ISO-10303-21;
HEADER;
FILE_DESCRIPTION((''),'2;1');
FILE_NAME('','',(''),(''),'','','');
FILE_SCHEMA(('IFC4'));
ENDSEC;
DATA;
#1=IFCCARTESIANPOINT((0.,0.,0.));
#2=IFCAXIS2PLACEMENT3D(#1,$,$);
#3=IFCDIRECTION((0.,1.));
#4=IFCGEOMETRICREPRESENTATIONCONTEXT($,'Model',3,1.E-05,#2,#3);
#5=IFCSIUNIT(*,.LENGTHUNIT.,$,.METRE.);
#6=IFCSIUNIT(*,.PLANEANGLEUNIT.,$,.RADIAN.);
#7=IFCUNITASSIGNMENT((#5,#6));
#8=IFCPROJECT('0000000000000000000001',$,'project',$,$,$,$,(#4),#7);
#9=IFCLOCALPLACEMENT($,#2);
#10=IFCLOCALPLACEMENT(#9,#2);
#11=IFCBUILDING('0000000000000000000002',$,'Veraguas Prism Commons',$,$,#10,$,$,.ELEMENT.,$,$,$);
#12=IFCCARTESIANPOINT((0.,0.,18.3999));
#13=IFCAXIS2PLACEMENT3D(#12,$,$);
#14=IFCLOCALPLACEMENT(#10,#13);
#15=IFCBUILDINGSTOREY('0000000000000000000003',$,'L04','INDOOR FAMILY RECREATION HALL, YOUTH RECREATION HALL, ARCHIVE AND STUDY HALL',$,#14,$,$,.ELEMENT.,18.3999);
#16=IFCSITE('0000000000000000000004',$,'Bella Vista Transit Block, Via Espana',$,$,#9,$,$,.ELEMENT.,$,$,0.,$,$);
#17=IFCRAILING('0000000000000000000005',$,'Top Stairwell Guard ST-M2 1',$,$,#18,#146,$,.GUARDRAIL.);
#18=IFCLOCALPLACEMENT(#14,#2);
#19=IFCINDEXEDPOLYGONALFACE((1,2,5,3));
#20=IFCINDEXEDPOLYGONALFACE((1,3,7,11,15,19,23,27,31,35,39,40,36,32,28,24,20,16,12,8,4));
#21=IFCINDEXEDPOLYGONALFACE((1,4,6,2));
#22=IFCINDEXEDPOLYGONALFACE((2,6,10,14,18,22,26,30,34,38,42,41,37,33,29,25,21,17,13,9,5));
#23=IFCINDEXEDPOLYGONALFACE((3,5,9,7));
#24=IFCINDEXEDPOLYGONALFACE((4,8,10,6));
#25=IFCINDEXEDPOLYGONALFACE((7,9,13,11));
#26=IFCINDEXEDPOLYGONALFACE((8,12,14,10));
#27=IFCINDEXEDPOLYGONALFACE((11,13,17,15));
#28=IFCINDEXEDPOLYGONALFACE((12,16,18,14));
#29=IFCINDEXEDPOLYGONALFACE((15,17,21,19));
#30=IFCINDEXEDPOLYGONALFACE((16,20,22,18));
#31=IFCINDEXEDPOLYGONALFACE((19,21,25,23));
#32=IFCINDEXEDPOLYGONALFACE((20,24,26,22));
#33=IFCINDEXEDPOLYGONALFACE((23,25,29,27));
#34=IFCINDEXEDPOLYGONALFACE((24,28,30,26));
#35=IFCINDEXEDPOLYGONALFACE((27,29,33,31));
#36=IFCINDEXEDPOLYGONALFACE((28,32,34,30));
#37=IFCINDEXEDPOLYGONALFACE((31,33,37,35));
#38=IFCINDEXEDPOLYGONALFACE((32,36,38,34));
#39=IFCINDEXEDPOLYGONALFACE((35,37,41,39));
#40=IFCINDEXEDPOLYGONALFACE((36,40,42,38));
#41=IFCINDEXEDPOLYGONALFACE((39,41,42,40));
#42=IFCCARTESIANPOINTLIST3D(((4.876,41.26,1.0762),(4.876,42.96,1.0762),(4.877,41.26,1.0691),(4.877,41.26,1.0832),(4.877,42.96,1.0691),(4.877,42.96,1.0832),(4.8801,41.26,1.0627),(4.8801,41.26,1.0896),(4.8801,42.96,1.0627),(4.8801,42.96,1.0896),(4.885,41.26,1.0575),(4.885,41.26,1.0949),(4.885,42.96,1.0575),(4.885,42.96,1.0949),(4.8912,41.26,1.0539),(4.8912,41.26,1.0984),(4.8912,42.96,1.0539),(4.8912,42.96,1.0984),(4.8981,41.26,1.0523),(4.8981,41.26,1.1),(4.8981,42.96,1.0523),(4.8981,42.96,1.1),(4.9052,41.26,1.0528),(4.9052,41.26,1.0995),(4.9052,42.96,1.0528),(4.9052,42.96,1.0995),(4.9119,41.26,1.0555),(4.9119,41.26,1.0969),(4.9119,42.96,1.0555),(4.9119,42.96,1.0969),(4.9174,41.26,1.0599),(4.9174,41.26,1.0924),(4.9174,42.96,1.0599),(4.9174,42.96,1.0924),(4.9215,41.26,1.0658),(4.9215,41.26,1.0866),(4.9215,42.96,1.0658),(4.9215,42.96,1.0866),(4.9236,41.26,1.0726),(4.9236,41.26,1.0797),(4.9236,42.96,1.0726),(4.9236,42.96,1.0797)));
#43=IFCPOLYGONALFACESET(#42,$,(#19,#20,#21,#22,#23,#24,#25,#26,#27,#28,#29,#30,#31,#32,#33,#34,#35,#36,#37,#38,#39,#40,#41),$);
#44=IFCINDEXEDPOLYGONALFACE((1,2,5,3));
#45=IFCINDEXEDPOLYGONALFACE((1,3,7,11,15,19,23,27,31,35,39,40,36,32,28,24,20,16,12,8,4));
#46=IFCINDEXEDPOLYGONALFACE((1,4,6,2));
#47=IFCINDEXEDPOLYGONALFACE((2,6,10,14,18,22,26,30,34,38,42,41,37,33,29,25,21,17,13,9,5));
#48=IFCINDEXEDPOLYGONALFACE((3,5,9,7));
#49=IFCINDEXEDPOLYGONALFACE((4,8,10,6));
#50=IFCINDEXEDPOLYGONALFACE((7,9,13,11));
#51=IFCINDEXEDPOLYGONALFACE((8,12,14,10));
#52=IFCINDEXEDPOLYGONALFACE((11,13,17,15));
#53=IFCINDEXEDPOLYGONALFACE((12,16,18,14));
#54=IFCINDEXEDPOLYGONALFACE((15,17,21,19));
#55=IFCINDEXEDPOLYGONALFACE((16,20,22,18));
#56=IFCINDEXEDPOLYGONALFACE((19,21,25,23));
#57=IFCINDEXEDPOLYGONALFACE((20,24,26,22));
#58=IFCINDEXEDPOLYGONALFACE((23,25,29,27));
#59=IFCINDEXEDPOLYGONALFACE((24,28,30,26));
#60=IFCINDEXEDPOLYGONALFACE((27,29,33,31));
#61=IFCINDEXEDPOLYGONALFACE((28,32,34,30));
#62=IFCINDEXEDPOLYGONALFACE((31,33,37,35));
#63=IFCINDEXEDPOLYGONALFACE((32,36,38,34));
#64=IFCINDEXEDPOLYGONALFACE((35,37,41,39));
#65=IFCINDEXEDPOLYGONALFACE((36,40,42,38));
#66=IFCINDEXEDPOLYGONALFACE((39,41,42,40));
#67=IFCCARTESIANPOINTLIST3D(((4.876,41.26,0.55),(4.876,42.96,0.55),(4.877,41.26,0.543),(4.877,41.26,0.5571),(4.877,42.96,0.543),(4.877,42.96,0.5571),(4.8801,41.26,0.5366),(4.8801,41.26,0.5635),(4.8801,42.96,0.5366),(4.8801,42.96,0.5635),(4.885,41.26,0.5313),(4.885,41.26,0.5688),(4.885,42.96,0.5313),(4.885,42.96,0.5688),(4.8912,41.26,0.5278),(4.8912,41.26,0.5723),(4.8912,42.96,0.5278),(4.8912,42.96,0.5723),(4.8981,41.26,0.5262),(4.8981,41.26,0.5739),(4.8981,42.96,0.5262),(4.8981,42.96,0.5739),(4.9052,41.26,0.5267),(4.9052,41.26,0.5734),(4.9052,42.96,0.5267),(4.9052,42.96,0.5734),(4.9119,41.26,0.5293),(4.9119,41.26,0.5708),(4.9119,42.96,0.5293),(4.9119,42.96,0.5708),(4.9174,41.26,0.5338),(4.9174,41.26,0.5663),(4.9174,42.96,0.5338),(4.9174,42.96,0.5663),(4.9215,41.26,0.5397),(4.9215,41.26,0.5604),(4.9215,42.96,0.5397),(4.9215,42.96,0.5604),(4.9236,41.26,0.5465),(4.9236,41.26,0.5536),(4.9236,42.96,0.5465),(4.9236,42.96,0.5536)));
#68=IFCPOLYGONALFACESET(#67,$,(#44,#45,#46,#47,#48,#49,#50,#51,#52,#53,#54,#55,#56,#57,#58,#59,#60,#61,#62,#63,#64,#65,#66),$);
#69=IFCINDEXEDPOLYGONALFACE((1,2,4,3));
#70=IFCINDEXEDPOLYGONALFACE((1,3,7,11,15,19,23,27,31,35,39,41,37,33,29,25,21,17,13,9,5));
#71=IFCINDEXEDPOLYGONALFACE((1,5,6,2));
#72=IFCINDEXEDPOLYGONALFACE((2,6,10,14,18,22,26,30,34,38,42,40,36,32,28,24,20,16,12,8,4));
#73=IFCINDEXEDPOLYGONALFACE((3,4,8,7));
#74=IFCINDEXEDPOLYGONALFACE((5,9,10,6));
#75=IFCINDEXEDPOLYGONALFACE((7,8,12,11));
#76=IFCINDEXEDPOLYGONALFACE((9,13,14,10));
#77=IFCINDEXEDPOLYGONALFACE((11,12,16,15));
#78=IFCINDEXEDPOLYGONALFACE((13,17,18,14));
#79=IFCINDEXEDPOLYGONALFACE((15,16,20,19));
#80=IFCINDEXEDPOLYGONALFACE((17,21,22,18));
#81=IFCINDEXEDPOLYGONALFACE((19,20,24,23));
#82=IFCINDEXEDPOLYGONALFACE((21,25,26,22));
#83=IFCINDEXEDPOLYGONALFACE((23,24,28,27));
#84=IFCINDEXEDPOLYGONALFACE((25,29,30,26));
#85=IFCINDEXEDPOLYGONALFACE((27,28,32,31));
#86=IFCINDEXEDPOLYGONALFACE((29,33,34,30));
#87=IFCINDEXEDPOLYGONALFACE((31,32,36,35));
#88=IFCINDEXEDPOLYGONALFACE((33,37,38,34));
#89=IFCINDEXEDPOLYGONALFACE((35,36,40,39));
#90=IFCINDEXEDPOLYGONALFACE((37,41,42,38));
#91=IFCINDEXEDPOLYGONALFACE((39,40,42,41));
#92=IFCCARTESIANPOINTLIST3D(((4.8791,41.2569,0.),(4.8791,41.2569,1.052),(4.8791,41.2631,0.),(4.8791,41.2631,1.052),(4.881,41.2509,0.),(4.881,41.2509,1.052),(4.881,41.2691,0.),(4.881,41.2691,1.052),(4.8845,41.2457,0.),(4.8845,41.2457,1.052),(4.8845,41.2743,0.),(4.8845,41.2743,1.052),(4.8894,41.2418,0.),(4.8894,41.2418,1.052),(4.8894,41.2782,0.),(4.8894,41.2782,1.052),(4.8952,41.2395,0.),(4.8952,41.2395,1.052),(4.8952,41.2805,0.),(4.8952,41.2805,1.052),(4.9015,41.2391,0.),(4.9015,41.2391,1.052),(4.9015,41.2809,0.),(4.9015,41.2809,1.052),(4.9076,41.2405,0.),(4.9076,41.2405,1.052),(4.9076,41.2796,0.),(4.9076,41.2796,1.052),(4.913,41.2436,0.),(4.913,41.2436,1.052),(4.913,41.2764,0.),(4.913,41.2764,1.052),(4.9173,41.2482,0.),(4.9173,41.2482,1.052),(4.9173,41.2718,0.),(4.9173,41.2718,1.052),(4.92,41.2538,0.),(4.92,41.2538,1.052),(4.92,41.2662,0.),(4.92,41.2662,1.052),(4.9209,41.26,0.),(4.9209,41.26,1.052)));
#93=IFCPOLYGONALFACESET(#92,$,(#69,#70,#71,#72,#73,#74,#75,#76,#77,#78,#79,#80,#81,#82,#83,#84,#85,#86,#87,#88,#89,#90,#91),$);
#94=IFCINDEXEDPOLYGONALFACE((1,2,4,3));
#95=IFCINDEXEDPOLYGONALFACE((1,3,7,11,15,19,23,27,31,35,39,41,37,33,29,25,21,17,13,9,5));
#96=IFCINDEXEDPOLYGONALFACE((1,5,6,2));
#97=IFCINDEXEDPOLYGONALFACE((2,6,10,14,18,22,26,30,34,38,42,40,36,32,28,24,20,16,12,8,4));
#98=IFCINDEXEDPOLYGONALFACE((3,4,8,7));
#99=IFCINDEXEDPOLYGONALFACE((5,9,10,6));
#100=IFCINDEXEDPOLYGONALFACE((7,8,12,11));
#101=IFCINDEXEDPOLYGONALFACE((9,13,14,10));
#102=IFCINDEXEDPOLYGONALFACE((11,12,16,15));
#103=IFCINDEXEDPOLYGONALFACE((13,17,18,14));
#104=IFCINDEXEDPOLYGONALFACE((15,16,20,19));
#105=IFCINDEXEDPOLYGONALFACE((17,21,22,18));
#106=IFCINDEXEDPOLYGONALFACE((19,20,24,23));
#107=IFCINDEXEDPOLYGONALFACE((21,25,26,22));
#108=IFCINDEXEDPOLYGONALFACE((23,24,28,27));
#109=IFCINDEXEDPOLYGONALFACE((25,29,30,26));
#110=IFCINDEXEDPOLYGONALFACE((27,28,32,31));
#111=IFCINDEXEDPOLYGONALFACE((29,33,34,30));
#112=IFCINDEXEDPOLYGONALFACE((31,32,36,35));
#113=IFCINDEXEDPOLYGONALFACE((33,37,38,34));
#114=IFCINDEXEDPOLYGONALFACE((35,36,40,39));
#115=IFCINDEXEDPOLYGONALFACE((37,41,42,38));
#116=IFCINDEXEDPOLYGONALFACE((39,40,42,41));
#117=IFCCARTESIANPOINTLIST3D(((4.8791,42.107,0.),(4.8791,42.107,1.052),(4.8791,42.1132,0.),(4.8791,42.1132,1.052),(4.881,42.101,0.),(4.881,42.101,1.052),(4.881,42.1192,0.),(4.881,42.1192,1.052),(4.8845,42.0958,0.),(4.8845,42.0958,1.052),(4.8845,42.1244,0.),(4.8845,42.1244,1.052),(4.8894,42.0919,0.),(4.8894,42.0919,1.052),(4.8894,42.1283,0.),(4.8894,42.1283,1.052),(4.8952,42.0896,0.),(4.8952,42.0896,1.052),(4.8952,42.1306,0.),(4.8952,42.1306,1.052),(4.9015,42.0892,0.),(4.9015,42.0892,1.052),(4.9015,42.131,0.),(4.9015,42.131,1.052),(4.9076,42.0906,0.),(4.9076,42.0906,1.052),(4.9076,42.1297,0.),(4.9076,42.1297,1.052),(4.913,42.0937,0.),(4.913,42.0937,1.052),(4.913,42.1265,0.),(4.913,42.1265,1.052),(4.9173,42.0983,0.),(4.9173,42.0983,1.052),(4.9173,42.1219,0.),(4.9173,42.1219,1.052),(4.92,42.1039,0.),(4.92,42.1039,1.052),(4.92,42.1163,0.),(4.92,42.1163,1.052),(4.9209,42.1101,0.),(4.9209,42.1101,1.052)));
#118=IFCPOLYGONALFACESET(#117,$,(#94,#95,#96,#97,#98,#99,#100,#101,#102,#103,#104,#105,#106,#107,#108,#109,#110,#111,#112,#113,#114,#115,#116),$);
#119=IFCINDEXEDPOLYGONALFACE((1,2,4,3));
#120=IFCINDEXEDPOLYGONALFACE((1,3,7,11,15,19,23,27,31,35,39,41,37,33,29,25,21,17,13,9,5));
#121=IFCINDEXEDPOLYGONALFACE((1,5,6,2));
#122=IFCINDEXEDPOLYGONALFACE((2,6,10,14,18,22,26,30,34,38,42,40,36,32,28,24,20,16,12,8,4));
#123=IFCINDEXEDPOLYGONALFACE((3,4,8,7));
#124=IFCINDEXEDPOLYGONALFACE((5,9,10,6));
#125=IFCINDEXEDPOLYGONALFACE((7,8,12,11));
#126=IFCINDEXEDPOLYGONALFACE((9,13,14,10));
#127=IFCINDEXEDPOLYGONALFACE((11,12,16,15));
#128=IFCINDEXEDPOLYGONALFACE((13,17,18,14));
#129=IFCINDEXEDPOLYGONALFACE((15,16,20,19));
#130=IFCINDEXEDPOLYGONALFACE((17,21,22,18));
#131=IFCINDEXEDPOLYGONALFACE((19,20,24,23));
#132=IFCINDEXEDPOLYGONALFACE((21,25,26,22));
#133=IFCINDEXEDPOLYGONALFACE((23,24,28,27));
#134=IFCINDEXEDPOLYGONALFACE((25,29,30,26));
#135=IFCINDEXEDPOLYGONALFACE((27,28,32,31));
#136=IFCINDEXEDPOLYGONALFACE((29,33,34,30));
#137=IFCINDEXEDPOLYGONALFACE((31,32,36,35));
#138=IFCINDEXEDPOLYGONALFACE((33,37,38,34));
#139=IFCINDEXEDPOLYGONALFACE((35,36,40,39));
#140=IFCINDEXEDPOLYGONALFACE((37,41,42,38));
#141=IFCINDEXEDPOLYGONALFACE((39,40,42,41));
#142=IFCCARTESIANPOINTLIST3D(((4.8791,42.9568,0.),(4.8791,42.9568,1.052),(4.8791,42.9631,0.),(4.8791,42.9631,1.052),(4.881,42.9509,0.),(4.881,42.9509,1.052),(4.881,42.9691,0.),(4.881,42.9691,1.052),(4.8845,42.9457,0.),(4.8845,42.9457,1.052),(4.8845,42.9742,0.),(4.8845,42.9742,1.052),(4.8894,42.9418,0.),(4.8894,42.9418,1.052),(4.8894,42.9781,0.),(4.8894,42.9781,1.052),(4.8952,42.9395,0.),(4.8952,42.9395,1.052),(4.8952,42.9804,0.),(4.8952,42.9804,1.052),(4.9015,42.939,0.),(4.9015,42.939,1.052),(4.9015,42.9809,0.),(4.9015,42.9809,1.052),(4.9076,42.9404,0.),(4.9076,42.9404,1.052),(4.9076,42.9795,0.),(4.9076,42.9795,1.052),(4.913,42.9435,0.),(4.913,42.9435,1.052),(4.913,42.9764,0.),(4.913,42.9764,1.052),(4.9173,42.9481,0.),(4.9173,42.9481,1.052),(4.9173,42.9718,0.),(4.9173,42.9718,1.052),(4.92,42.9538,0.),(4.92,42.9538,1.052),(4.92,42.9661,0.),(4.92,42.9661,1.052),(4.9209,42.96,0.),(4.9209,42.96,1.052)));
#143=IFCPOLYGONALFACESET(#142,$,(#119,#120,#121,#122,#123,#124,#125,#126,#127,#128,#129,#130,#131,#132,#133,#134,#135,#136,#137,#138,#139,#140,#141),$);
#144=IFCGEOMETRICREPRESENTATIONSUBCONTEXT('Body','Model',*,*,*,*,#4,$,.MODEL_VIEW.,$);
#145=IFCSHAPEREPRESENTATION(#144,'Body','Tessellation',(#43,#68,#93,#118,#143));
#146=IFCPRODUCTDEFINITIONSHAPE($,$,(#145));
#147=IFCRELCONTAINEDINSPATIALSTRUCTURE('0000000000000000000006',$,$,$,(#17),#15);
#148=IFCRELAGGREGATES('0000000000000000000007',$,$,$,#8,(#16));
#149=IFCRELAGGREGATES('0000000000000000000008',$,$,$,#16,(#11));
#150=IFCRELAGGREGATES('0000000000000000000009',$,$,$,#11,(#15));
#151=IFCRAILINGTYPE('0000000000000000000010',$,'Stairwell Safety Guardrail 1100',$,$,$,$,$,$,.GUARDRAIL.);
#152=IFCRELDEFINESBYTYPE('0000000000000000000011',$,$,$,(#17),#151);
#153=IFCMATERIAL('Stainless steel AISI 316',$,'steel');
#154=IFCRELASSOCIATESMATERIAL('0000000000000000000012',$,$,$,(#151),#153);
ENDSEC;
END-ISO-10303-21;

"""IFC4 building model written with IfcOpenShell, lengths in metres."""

from ifc_helpers import new_model, si_unit, direction, frame, origin, origin_2d, place, context, subcontext, project, spatial, circle, extrude, material, type_object, element, save


model = new_model("IFC4")

# Units and contexts
model_context = context("Model", 3, precision=1e-05, world=origin(), true_north=direction((0.0, 1.0)))
body_context = subcontext(model_context, "Body", "Model", "MODEL_VIEW")
ifc_project = project(units=[si_unit("LENGTHUNIT", "METRE"), si_unit("PLANEANGLEUNIT", "RADIAN")], contexts=[model_context])

# Site, building, storey
site_placement = place(None, origin())
site = spatial("IfcSite", under=ifc_project, at=site_placement, Name="Bella Vista Transit Block, Via Espana", CompositionType="ELEMENT", RefElevation=0.0)
building_placement = place(site_placement, origin())
building = spatial("IfcBuilding", under=site, at=building_placement, Name="Veraguas Prism Commons", CompositionType="ELEMENT")
storey_placement = place(building_placement, frame((0.0, 0.0, 18.3999)))
storey = spatial("IfcBuildingStorey", under=building, at=storey_placement, Name="L04", Description="INDOOR FAMILY RECREATION HALL, YOUTH RECREATION HALL, ARCHIVE AND STUDY HALL", CompositionType="ELEMENT", Elevation=18.3999)

# Railing
ifc_material_1 = material(Name="Stainless steel AISI 316", Category="steel")
railing_type = type_object("IfcRailingType", Name="Stairwell Safety Guardrail 1100", PredefinedType="GUARDRAIL", material=ifc_material_1)
railing_placement = place(storey_placement, frame((4.8999, 41.26, 0.0)))
element("IfcRailing", 1, at=railing_placement, inside=storey, type_object=railing_type, Name="Top Stairwell Guard ST-M2 1", PredefinedType="GUARDRAIL", context=body_context, shape_type="SweptSolid", body=[
    extrude(circle(Radius=0.0239, at=origin_2d()), frame((0.0, 0.0, 1.0762), z_axis=(0.0, 1.0, 0.0), x_axis=(-1.0, 0.0, 0.0)), (0.0, 0.0, 1.0), 1.7),
    extrude(circle(Radius=0.0239, at=origin_2d()), frame((0.0, 0.0, 0.55), z_axis=(0.0, 1.0, 0.0), x_axis=(-1.0, 0.0, 0.0)), (0.0, 0.0, 1.0), 1.7),
    extrude(circle(Radius=0.021, at=origin_2d()), origin(), (0.0, 0.0, 1.0), 1.052),
    extrude(circle(Radius=0.021, at=origin_2d()), frame((0.0, 0.8501, 0.0)), (0.0, 0.0, 1.0), 1.052),
    extrude(circle(Radius=0.021, at=origin_2d()), frame((0.0, 1.7, 0.0)), (0.0, 0.0, 1.0), 1.052),
])

save(model, "model.ifc")
